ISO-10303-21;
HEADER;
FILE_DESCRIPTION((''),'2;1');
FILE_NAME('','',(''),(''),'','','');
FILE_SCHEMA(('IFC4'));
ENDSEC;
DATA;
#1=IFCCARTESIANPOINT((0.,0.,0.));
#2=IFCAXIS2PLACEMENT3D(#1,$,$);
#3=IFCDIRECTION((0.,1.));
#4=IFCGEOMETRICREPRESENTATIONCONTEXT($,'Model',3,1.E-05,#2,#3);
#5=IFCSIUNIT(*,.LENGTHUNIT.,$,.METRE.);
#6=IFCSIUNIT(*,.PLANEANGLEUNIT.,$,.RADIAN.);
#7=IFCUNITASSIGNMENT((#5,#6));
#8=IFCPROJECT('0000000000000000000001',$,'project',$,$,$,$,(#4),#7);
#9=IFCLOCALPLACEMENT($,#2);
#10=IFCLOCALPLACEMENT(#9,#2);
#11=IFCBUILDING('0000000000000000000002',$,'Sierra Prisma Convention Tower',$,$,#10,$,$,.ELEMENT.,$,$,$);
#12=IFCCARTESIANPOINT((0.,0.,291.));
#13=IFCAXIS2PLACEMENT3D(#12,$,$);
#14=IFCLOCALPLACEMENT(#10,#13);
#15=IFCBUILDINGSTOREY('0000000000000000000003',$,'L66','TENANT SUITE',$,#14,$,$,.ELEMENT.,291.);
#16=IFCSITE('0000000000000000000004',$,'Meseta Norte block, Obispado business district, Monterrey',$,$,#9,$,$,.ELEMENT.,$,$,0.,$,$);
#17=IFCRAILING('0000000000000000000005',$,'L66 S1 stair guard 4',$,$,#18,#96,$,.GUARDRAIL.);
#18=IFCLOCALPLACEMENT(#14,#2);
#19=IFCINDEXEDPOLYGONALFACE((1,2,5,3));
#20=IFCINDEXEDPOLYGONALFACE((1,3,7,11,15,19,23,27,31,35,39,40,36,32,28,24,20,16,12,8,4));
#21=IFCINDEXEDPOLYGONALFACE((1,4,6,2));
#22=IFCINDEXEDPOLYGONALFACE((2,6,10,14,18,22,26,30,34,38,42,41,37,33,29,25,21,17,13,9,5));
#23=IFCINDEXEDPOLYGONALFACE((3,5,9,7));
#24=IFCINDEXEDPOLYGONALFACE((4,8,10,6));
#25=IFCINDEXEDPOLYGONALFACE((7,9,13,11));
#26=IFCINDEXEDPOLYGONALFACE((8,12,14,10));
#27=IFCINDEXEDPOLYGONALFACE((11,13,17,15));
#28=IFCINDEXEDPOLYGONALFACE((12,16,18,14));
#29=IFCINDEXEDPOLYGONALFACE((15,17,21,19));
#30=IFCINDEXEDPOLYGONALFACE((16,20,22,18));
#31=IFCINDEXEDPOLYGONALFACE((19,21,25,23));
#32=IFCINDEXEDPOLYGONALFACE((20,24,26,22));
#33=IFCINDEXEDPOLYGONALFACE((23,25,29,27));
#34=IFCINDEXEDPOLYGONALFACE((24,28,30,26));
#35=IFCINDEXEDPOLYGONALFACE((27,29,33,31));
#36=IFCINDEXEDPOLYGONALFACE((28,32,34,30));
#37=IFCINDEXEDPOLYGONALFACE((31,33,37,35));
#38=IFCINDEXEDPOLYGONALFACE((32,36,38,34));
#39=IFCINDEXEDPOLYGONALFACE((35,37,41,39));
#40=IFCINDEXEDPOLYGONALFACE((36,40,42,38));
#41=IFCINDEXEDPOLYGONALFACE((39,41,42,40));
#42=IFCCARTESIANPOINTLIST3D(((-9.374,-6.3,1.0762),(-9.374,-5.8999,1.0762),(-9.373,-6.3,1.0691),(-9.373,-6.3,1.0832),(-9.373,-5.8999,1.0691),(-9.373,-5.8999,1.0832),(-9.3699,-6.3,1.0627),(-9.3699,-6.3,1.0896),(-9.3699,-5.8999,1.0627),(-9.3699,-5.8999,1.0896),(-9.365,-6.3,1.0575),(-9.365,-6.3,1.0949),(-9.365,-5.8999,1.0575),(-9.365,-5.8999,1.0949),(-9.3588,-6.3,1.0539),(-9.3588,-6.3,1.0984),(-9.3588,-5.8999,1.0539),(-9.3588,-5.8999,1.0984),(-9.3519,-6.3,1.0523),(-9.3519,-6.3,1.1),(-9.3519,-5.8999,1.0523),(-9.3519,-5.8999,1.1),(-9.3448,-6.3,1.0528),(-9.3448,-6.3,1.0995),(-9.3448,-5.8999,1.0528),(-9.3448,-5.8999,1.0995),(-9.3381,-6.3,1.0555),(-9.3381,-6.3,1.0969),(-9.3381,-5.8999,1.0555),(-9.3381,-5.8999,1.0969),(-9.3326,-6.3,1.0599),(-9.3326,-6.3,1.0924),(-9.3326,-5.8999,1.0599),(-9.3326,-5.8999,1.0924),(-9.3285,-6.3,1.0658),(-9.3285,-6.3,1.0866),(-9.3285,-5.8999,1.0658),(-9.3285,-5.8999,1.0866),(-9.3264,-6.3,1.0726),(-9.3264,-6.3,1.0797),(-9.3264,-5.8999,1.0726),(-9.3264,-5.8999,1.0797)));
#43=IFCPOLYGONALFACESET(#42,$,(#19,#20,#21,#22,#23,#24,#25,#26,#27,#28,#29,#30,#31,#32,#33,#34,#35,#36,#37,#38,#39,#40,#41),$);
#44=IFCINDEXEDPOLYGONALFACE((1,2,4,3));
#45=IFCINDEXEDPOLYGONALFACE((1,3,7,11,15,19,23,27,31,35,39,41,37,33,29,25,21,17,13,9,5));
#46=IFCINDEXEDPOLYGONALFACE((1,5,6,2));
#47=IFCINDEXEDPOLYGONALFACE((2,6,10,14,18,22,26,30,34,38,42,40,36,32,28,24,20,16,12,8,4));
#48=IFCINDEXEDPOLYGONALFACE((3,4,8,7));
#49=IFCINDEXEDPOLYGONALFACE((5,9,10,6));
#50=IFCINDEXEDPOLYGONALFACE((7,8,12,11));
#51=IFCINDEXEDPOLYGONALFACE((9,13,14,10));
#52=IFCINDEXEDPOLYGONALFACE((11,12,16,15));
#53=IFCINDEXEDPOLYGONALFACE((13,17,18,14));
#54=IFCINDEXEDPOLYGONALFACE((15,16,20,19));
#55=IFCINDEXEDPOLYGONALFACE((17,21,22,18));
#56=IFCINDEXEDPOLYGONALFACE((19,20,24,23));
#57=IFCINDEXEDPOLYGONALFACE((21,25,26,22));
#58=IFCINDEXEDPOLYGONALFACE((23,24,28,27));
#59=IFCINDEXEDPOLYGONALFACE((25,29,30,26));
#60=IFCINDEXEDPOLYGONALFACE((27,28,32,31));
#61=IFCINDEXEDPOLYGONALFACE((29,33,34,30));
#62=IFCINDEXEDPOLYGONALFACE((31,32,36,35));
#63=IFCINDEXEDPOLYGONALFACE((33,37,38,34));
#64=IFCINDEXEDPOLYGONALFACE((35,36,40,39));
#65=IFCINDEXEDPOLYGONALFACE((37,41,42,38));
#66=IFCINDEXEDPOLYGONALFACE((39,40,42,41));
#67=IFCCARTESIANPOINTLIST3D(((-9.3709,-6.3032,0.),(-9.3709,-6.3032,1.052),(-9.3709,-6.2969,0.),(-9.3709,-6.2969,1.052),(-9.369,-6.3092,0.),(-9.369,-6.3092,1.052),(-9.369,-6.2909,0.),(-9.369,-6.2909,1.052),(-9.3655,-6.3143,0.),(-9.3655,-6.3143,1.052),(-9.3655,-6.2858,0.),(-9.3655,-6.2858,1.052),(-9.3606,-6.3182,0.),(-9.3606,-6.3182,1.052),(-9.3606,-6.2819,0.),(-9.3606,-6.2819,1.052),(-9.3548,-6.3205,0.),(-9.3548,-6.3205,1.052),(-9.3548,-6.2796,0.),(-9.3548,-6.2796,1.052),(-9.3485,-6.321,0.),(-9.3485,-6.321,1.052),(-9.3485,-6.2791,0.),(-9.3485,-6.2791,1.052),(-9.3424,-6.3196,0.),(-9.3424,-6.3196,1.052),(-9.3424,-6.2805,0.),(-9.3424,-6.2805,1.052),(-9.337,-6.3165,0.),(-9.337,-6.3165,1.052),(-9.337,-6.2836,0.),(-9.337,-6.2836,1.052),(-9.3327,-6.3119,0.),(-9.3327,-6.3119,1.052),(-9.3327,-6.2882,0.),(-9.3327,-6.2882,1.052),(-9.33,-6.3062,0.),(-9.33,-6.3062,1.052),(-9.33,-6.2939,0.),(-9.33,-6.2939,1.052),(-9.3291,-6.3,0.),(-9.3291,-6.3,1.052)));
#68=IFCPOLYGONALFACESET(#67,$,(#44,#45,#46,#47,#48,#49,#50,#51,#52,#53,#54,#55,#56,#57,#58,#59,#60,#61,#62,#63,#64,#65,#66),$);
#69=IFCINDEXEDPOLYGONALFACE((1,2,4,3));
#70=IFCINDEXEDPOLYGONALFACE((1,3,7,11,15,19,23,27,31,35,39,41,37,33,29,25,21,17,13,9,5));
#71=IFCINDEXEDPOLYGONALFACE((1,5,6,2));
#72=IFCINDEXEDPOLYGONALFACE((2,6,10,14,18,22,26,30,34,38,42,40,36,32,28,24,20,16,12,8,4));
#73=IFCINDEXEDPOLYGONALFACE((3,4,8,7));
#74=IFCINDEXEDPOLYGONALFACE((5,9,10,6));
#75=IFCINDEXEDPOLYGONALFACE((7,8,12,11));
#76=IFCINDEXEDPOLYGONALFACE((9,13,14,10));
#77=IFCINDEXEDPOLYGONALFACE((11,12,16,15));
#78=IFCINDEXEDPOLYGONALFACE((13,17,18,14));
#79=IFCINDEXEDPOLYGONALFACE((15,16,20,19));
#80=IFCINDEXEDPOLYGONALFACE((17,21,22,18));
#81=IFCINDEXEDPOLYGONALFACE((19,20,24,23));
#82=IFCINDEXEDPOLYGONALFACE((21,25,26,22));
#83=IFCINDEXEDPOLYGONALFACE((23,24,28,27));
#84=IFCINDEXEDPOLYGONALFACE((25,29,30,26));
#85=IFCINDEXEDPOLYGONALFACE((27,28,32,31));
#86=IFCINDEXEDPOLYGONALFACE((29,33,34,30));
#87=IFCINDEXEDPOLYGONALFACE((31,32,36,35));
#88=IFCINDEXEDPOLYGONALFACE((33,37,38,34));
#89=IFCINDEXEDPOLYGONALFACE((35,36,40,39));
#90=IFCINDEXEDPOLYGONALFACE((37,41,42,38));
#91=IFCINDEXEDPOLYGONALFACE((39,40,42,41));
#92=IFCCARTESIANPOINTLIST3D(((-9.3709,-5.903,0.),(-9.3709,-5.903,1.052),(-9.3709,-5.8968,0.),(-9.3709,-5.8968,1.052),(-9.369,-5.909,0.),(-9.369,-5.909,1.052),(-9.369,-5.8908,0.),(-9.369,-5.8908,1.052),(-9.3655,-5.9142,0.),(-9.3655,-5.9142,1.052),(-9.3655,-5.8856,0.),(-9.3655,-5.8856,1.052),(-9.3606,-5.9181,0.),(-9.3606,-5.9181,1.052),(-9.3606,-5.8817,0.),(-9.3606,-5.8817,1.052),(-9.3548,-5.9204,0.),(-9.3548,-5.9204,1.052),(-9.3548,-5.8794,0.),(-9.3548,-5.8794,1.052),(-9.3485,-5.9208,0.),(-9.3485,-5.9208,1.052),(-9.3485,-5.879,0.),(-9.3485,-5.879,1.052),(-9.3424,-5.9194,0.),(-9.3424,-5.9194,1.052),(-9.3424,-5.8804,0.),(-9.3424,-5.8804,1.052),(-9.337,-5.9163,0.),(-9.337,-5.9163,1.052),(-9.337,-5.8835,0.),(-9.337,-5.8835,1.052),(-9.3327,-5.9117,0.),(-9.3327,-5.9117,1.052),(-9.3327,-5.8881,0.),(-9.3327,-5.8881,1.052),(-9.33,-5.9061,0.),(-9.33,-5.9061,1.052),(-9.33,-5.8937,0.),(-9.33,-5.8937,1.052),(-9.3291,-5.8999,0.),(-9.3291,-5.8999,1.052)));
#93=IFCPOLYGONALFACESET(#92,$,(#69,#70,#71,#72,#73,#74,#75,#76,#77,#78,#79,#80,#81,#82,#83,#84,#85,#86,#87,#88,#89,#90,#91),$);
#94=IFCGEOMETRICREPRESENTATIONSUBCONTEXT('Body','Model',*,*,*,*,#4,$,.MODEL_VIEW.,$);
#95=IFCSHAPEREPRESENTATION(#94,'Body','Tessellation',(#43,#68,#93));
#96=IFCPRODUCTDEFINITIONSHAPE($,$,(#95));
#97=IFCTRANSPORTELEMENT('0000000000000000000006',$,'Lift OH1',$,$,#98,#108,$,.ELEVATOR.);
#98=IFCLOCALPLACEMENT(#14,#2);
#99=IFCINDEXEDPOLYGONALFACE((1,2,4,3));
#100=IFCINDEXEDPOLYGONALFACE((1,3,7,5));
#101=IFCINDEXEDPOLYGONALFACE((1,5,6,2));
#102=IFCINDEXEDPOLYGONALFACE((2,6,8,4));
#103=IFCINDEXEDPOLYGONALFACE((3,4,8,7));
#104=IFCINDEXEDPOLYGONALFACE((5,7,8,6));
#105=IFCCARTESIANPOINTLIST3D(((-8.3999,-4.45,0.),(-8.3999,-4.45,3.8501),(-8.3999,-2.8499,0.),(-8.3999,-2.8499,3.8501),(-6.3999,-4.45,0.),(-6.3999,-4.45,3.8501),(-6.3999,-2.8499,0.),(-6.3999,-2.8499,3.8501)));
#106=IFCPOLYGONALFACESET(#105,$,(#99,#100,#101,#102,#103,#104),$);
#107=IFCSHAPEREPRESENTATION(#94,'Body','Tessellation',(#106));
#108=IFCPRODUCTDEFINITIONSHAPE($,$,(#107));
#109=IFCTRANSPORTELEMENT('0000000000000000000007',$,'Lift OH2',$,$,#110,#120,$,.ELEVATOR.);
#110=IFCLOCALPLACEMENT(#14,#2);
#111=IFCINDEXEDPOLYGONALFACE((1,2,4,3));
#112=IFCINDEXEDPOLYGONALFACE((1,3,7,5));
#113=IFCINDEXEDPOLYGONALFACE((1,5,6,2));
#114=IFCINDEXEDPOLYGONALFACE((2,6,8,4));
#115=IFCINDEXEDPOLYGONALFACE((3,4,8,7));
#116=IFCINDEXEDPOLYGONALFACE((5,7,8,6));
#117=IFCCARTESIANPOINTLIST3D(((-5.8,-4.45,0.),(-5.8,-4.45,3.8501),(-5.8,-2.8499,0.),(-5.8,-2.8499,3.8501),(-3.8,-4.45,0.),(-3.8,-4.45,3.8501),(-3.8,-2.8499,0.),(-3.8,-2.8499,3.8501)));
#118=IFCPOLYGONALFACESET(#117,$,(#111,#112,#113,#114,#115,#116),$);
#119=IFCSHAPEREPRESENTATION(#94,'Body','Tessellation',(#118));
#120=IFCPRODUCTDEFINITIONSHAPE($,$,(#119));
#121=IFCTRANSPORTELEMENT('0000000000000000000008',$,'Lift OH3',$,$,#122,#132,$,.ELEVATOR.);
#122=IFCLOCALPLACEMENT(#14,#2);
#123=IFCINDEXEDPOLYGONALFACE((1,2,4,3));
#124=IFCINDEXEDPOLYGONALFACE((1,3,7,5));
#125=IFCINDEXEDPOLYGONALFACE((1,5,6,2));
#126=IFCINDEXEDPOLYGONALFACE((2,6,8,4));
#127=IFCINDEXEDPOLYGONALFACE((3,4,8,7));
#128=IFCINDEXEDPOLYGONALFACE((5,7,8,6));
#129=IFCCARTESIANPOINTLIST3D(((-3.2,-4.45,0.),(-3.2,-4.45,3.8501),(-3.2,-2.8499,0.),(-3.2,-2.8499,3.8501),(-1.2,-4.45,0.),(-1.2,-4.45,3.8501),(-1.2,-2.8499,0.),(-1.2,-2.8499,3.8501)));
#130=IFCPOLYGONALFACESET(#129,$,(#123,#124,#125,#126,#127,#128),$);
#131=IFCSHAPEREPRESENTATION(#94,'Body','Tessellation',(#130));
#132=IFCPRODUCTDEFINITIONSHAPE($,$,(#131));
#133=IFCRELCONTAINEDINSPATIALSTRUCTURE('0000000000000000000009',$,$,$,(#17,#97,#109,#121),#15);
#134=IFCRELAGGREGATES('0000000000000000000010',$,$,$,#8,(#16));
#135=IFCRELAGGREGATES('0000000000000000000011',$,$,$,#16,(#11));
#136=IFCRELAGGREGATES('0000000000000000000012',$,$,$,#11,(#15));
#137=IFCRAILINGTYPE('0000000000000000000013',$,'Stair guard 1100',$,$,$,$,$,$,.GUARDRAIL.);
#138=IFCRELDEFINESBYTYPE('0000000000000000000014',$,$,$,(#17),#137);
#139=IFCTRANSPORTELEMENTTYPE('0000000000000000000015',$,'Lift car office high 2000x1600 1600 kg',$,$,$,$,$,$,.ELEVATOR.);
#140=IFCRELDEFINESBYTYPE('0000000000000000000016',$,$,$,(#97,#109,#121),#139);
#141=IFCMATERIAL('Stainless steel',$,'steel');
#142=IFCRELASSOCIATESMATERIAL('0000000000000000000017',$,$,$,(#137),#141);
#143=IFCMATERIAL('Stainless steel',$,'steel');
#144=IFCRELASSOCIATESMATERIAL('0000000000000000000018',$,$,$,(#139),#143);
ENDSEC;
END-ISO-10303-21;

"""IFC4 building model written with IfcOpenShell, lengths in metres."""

from ifc_helpers import new_model, si_unit, direction, frame, origin, origin_2d, place, context, subcontext, project, spatial, rectangle, circle, extrude, material, type_object, element, save


model = new_model("IFC4")

# Units and contexts
model_context = context("Model", 3, precision=1e-05, world=origin(), true_north=direction((0.0, 1.0)))
body_context = subcontext(model_context, "Body", "Model", "MODEL_VIEW")
ifc_project = project(units=[si_unit("LENGTHUNIT", "METRE"), si_unit("PLANEANGLEUNIT", "RADIAN")], contexts=[model_context])

# Site, building, storey
site_placement = place(None, origin())
site = spatial("IfcSite", under=ifc_project, at=site_placement, Name="Meseta Norte block, Obispado business district, Monterrey", CompositionType="ELEMENT", RefElevation=0.0)
building_placement = place(site_placement, origin())
building = spatial("IfcBuilding", under=site, at=building_placement, Name="Sierra Prisma Convention Tower", CompositionType="ELEMENT")
storey_placement = place(building_placement, frame((0.0, 0.0, 291.0)))
storey = spatial("IfcBuildingStorey", under=building, at=storey_placement, Name="L66", Description="TENANT SUITE", CompositionType="ELEMENT", Elevation=291.0)

# Railing
ifc_material_1 = material(Name="Stainless steel", Category="steel")
railing_type_1 = type_object("IfcRailingType", Name="Stair guard 1100", PredefinedType="GUARDRAIL", material=ifc_material_1)
railing_1_placement = place(storey_placement, frame((-9.3501, -6.3, 0.0)))
element("IfcRailing", 1, at=railing_1_placement, inside=storey, type_object=railing_type_1, Name="L66 S1 stair guard 4", PredefinedType="GUARDRAIL", context=body_context, shape_type="SweptSolid", body=[
    extrude(circle(Radius=0.0239, at=origin_2d()), frame((0.0, 0.0, 1.0762), z_axis=(0.0, 1.0, 0.0), x_axis=(-1.0, 0.0, 0.0)), (0.0, 0.0, 1.0), 0.4001),
    extrude(circle(Radius=0.021, at=origin_2d()), origin(), (0.0, 0.0, 1.0), 1.052),
    extrude(circle(Radius=0.021, at=origin_2d()), frame((0.0, 0.4001, 0.0)), (0.0, 0.0, 1.0), 1.052),
])

# Transport elements
ifc_material_2 = material(Name="Stainless steel", Category="steel")
transport_element_type = type_object("IfcTransportElementType", Name="Lift car office high 2000x1600 1600 kg", PredefinedType="ELEVATOR", material=ifc_material_2)
for number, where, z_axis, x_axis, name in (
    (2, (-7.3999, -3.6499, 0.0), (0.0, 0.0, 1.0), (1.0, 0.0, 0.0), "Lift OH1"),
    (3, (-4.8, -3.6499, 0.0), (0.0, 0.0, 1.0), (1.0, 0.0, 0.0), "Lift OH2"),
    (4, (-2.2, -3.6499, 0.0), (0.0, 0.0, 1.0), (1.0, 0.0, 0.0), "Lift OH3"),
):
    element("IfcTransportElement", number, at=place(storey_placement, frame(where, z_axis=z_axis, x_axis=x_axis)), inside=storey, type_object=transport_element_type, Name=name, PredefinedType="ELEVATOR", context=body_context, shape_type="SweptSolid", body=[
        extrude(rectangle(XDim=2.0, YDim=1.6001, at=origin_2d()), origin(), (0.0, 0.0, 1.0), 3.8501),
    ])

save(model, "model.ifc")
